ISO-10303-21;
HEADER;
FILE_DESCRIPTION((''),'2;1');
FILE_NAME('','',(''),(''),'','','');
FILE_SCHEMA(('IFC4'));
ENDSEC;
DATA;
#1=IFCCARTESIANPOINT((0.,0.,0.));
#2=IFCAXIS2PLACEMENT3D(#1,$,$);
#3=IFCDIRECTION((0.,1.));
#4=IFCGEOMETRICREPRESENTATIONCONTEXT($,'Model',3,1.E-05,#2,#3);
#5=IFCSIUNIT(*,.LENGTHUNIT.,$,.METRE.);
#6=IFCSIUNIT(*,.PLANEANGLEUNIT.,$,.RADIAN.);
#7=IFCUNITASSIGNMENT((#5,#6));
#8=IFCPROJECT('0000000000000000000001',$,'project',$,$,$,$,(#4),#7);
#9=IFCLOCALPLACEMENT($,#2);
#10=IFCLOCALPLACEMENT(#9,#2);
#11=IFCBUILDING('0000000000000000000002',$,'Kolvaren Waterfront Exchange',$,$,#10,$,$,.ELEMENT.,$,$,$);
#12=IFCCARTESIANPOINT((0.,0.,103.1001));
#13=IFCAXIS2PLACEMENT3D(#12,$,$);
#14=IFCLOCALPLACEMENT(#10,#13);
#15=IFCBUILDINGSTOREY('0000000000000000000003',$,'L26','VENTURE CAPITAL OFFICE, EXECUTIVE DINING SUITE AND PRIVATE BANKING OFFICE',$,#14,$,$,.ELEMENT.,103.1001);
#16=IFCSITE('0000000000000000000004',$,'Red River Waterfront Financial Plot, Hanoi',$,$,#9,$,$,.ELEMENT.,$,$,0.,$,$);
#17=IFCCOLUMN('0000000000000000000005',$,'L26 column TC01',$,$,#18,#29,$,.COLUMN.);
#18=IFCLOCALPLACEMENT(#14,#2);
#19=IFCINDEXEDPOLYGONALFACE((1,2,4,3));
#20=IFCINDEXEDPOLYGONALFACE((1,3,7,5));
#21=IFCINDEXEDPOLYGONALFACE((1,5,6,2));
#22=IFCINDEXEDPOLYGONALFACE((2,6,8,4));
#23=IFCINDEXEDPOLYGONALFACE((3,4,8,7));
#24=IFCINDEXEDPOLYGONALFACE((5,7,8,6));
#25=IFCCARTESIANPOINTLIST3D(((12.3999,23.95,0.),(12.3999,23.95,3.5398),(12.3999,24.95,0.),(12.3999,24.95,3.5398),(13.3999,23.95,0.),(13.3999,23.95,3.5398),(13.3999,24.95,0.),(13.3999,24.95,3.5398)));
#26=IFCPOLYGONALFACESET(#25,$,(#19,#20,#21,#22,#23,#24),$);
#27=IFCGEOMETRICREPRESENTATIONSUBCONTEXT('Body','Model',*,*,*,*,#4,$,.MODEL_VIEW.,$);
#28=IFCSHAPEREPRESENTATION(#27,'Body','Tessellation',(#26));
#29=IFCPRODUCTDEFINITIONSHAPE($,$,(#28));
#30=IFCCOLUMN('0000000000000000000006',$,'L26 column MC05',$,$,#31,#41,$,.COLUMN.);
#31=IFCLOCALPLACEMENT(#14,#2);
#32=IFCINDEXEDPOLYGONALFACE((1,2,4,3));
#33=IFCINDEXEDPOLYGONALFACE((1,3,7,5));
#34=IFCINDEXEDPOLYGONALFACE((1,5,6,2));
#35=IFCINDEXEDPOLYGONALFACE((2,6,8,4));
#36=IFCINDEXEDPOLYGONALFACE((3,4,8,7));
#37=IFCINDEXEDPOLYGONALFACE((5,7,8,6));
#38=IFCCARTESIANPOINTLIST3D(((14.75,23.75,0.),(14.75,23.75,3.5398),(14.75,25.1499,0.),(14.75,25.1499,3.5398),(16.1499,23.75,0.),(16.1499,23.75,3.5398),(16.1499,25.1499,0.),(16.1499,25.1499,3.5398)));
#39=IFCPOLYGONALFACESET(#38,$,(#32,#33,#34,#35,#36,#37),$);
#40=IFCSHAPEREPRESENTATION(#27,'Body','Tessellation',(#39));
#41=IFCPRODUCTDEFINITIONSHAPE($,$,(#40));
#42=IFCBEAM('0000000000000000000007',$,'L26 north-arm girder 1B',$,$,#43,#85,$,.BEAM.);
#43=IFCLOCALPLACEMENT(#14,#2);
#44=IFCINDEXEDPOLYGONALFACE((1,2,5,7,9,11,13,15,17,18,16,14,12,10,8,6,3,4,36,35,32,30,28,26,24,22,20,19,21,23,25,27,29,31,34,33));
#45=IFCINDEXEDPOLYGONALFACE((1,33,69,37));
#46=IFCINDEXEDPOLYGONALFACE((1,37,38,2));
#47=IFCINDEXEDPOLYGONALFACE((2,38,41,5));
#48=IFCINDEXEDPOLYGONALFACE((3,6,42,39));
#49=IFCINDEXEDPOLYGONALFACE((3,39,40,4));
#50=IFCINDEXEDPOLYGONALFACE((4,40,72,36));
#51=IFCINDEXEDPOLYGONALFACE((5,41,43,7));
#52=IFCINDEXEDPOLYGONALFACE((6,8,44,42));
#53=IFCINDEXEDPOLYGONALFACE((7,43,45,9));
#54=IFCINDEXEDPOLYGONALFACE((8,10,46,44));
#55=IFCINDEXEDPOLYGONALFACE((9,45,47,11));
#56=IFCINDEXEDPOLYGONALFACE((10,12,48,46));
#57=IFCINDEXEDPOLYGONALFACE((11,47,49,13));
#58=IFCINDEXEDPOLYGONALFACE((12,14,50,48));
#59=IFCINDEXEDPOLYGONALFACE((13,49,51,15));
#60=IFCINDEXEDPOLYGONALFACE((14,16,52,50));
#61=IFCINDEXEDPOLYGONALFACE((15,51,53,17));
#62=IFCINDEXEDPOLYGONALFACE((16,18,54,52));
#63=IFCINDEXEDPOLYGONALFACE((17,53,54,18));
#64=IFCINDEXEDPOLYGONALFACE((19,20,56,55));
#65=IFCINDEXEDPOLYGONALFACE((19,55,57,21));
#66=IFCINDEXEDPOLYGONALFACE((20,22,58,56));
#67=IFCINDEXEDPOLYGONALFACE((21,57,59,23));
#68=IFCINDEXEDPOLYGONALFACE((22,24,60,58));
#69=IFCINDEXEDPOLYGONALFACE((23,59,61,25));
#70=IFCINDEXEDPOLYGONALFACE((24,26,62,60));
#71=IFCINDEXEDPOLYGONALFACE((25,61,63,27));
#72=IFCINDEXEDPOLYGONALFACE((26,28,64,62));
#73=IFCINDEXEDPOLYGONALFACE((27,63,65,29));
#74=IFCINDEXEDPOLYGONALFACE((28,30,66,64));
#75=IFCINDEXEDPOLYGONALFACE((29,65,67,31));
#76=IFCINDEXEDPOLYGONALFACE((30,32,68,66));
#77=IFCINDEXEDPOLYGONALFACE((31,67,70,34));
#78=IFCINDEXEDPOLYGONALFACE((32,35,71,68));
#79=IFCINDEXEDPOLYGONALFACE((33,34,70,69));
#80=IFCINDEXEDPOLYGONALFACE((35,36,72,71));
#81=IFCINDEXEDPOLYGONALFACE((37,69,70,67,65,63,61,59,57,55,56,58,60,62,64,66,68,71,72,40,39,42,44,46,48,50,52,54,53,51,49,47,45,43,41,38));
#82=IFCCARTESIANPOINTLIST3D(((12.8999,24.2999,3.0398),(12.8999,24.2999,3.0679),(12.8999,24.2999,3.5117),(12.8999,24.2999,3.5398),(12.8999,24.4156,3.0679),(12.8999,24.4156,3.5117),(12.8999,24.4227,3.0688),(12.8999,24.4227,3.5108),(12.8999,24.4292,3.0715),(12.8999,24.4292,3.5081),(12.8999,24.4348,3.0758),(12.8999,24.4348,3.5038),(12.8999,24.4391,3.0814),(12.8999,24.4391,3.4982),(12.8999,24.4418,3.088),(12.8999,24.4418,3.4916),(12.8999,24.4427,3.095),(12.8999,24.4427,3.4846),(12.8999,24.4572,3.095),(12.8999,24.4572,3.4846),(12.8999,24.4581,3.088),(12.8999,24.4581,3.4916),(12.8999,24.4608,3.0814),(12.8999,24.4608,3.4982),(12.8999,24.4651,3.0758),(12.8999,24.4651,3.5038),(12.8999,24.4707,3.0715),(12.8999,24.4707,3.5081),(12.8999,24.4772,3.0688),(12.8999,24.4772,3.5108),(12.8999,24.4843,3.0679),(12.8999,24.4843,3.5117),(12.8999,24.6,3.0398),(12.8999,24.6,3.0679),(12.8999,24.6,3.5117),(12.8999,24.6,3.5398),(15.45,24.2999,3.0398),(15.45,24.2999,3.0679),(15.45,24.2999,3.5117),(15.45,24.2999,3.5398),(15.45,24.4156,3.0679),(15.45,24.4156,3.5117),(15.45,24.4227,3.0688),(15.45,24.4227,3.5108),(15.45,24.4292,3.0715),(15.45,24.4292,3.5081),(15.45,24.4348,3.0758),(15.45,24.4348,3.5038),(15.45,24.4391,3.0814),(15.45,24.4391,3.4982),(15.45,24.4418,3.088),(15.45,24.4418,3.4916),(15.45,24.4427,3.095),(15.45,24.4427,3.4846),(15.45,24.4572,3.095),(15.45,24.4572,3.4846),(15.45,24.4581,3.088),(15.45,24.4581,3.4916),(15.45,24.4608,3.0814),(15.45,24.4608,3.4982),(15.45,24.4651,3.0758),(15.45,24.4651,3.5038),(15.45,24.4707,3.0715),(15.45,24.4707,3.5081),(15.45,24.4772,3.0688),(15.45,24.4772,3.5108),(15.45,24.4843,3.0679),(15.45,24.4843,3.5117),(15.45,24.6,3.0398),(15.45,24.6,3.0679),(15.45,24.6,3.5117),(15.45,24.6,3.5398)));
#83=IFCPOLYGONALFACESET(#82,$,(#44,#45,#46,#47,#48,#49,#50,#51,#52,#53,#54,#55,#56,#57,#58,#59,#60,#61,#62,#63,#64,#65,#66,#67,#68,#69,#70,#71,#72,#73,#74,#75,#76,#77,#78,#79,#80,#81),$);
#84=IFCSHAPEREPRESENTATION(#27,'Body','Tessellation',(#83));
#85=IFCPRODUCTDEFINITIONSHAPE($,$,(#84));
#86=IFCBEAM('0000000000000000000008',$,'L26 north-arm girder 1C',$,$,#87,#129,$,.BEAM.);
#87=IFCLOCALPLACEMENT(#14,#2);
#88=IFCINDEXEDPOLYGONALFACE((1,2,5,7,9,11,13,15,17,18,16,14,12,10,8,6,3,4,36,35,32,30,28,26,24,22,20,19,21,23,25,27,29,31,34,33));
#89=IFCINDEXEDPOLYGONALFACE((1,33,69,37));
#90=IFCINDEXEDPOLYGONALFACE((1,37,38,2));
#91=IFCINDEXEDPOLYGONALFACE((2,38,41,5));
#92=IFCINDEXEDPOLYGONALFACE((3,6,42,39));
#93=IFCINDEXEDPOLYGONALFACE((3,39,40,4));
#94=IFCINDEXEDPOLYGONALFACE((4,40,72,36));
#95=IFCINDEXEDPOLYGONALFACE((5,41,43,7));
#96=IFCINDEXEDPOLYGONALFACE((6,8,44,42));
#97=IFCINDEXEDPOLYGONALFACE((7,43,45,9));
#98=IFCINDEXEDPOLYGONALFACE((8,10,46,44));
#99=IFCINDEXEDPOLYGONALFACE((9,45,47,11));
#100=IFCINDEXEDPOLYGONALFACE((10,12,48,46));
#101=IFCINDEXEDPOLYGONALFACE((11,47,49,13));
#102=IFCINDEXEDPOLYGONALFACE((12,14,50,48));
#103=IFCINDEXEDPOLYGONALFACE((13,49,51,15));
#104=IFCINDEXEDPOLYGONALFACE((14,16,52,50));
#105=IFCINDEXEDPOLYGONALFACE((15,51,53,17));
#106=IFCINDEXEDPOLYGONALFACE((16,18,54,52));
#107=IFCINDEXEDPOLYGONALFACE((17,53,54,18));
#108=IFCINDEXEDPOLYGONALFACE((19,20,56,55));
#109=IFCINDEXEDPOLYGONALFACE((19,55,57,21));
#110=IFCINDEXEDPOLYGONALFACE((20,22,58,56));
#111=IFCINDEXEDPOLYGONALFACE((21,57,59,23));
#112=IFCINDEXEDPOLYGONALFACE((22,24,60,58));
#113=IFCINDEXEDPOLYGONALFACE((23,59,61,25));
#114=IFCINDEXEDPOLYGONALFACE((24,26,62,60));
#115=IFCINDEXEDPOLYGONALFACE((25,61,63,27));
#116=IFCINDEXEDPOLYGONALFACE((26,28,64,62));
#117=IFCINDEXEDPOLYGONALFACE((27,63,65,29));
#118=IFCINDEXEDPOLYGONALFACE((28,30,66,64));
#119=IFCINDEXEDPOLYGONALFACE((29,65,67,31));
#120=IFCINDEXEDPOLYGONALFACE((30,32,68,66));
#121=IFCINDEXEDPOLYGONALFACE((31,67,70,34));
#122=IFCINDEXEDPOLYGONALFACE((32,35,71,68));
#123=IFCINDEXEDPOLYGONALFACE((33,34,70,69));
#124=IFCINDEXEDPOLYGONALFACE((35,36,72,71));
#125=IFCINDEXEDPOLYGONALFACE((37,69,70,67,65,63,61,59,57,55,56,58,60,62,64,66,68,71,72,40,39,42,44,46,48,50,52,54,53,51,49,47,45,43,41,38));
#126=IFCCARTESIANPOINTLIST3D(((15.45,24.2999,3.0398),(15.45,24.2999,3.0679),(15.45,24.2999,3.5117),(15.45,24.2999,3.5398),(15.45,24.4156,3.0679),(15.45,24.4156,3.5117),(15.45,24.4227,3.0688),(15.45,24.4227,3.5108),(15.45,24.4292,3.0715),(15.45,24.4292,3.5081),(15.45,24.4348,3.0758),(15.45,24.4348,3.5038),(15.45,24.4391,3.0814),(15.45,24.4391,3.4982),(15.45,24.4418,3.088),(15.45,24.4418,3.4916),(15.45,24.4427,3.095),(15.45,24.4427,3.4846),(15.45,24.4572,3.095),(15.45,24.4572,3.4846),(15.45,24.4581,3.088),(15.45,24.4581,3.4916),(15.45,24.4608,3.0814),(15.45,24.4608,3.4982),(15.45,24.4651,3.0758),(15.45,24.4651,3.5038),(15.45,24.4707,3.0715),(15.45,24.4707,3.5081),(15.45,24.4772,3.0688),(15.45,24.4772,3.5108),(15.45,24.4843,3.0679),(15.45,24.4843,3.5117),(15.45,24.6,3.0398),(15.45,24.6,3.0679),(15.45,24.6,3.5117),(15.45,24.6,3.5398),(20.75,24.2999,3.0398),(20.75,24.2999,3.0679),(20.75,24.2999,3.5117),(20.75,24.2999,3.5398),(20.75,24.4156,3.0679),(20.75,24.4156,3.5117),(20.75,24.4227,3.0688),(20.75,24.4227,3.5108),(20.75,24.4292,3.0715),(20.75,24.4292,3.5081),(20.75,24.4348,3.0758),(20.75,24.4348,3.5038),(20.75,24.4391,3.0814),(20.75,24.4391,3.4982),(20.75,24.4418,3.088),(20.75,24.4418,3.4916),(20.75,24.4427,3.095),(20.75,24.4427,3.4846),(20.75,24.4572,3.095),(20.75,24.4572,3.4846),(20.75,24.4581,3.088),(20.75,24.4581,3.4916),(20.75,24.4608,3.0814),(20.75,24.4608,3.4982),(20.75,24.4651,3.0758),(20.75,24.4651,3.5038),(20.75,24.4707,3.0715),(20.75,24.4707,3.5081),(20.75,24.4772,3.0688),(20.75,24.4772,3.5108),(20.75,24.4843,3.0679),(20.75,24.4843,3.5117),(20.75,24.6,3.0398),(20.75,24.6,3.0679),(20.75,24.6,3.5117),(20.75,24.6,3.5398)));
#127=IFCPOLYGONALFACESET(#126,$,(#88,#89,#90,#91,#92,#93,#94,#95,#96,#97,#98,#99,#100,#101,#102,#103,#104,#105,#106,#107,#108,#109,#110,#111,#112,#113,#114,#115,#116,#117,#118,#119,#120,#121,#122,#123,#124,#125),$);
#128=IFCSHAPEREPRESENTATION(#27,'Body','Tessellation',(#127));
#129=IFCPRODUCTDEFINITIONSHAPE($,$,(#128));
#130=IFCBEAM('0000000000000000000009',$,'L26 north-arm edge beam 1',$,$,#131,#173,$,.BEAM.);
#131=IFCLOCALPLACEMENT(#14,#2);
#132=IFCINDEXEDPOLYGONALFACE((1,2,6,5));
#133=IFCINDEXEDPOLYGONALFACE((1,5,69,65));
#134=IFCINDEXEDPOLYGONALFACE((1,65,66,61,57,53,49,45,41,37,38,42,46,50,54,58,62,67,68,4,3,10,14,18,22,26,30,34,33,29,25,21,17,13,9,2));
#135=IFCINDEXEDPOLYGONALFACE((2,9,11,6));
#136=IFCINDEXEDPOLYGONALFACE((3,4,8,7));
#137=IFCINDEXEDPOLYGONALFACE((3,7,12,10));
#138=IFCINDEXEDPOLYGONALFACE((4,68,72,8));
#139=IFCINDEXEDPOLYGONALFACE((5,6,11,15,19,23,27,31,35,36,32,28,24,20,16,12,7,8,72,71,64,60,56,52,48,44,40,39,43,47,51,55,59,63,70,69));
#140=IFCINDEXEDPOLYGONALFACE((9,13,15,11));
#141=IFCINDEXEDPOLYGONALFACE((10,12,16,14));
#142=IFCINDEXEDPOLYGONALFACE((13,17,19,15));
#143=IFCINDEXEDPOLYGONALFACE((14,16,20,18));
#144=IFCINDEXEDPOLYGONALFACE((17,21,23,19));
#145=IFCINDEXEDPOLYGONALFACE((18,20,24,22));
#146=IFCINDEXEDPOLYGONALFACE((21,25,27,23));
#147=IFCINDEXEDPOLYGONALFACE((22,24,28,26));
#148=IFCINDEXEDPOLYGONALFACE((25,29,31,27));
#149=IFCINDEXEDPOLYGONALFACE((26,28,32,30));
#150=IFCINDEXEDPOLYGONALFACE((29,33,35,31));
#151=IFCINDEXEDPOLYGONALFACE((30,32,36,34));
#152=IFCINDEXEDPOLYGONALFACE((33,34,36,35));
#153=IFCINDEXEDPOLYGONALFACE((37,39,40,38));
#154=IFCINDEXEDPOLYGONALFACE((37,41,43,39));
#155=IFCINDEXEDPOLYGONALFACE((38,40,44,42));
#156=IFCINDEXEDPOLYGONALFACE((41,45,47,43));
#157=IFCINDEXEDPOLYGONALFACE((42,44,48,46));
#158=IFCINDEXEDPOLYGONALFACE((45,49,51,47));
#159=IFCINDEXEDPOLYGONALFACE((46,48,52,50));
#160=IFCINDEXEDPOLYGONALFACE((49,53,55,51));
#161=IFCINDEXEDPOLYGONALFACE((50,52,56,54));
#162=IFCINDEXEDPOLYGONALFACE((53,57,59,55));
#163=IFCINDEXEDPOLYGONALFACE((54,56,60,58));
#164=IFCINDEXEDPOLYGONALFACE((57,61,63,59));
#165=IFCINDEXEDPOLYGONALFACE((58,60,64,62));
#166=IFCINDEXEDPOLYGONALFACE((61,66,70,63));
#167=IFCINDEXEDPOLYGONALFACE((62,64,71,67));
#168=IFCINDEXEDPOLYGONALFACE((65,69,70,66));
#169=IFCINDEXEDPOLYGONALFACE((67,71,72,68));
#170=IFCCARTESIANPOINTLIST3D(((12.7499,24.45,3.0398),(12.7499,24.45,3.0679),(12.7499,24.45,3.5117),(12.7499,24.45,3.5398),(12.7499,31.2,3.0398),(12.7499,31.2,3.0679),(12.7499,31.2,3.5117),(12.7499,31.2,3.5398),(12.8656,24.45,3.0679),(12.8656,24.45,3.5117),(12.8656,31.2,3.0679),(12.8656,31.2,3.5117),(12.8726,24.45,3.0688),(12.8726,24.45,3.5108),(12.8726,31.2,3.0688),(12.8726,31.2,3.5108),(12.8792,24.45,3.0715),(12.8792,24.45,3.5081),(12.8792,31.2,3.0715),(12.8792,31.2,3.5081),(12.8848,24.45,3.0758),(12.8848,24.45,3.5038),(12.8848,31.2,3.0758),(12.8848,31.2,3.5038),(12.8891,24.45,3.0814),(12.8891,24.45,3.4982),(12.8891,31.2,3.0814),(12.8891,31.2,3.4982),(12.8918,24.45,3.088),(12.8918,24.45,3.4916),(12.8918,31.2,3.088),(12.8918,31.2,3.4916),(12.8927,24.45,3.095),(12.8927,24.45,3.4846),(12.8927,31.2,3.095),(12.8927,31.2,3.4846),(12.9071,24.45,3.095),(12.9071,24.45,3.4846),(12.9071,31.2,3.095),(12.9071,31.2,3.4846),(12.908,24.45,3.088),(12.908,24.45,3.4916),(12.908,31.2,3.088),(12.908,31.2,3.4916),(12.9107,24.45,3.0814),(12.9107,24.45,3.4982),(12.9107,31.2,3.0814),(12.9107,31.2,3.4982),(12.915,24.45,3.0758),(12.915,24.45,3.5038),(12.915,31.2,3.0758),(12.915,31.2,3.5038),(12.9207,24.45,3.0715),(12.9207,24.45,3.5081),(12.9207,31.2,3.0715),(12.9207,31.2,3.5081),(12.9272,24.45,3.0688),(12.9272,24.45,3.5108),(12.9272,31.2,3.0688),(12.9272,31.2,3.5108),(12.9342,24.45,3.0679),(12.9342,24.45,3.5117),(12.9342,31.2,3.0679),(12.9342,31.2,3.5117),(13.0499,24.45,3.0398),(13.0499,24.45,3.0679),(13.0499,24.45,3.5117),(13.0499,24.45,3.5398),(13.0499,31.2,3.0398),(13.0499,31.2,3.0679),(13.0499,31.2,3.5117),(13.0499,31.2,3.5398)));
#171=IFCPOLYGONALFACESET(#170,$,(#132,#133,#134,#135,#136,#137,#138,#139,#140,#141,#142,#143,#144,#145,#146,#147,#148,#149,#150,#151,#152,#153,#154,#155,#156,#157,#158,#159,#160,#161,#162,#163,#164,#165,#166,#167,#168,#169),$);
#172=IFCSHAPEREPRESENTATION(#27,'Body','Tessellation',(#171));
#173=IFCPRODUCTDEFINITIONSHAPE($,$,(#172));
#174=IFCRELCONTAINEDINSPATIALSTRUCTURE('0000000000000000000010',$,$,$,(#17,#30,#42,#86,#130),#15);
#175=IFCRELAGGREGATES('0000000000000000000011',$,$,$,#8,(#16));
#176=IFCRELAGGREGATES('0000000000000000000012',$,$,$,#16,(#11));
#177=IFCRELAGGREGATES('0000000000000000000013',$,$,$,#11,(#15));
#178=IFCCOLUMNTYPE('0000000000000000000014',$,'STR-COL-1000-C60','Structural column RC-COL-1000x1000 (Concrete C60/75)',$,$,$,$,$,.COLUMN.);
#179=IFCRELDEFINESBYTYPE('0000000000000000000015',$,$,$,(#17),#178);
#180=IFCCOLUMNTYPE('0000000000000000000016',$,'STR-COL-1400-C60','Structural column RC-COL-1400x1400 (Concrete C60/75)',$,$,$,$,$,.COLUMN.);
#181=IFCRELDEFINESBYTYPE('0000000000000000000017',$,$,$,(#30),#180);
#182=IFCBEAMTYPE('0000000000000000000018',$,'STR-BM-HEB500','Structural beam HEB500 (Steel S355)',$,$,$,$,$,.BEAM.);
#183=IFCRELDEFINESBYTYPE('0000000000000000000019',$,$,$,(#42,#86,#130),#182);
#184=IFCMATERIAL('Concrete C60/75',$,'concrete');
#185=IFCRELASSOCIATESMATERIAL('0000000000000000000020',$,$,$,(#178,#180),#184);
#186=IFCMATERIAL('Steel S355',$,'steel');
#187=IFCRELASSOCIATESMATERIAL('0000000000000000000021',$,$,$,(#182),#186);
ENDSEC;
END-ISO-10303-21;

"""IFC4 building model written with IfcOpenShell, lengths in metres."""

from ifc_helpers import new_model, si_unit, direction, frame, origin, origin_2d, place, context, subcontext, project, spatial, rectangle, i_section, extrude, material, material_profile, profile_set, type_object, element, save


model = new_model("IFC4")

# Units and contexts
model_context = context("Model", 3, precision=1e-05, world=origin(), true_north=direction((0.0, 1.0)))
body_context = subcontext(model_context, "Body", "Model", "MODEL_VIEW")
ifc_project = project(units=[si_unit("LENGTHUNIT", "METRE"), si_unit("PLANEANGLEUNIT", "RADIAN")], contexts=[model_context])

# Site, building, storey
site_placement = place(None, origin())
site = spatial("IfcSite", under=ifc_project, at=site_placement, Name="Red River Waterfront Financial Plot, Hanoi", CompositionType="ELEMENT", RefElevation=0.0)
building_placement = place(site_placement, origin())
building = spatial("IfcBuilding", under=site, at=building_placement, Name="Kolvaren Waterfront Exchange", CompositionType="ELEMENT")
storey_placement = place(building_placement, frame((0.0, 0.0, 103.1001)))
storey = spatial("IfcBuildingStorey", under=building, at=storey_placement, Name="L26", Description="VENTURE CAPITAL OFFICE, EXECUTIVE DINING SUITE AND PRIVATE BANKING OFFICE", CompositionType="ELEMENT", Elevation=103.1001)

# Columns
ifc_material_1 = material(Name="Concrete C60/75", Category="concrete")
ifc_material_profile_1 = material_profile(ifc_material_1, rectangle(XDim=1.0, YDim=1.0, at=origin_2d()), Name="RC-COL-1000x1000")
ifc_profile_set_1 = profile_set([ifc_material_profile_1], Name="Concrete C60/75")
column_type_1 = type_object("IfcColumnType", Name="STR-COL-1000-C60", Description="Structural column RC-COL-1000x1000 (Concrete C60/75)", PredefinedType="COLUMN", material=ifc_profile_set_1)
column_1_placement = place(storey_placement, frame((12.8999, 24.45, 0.0), z_axis=(0.0, 0.0, 1.0), x_axis=(1.0, 0.0, 0.0)))
element("IfcColumn", 1, at=column_1_placement, inside=storey, type_object=column_type_1, Name="L26 column TC01", PredefinedType="COLUMN", context=body_context, shape_type="SweptSolid", body=[
    extrude(rectangle(XDim=1.0, YDim=1.0, at=origin_2d()), origin(), (0.0, 0.0, 1.0), 3.5398),
])
ifc_material_profile_2 = material_profile(ifc_material_1, rectangle(XDim=1.3999, YDim=1.3999, at=origin_2d()), Name="RC-COL-1400x1400")
ifc_profile_set_2 = profile_set([ifc_material_profile_2], Name="Concrete C60/75")
column_type_2 = type_object("IfcColumnType", Name="STR-COL-1400-C60", Description="Structural column RC-COL-1400x1400 (Concrete C60/75)", PredefinedType="COLUMN", material=ifc_profile_set_2)
column_2_placement = place(storey_placement, frame((15.45, 24.45, 0.0), z_axis=(0.0, 0.0, 1.0), x_axis=(1.0, 0.0, 0.0)))
element("IfcColumn", 2, at=column_2_placement, inside=storey, type_object=column_type_2, Name="L26 column MC05", PredefinedType="COLUMN", context=body_context, shape_type="SweptSolid", body=[
    extrude(rectangle(XDim=1.3999, YDim=1.3999, at=origin_2d()), origin(), (0.0, 0.0, 1.0), 3.5398),
])

# Beams
ifc_material_2 = material(Name="Steel S355", Category="steel")
ifc_material_profile_3 = material_profile(ifc_material_2, i_section(OverallWidth=0.3, OverallDepth=0.5, WebThickness=0.0144, FlangeThickness=0.0281, FilletRadius=0.0271, at=origin_2d()), Name="HEB500")
ifc_profile_set_3 = profile_set([ifc_material_profile_3], Name="Steel S355")
beam_type_1 = type_object("IfcBeamType", Name="STR-BM-HEB500", Description="Structural beam HEB500 (Steel S355)", PredefinedType="BEAM", material=ifc_profile_set_3)
beam_1_placement = place(storey_placement, frame((12.8999, 24.45, 3.2898), z_axis=(1.0, 0.0, 0.0), x_axis=(0.0, 1.0, 0.0)))
element("IfcBeam", 3, at=beam_1_placement, inside=storey, type_object=beam_type_1, Name="L26 north-arm girder 1B", PredefinedType="BEAM", context=body_context, shape_type="SweptSolid", body=[
    extrude(i_section(OverallWidth=0.3, OverallDepth=0.5, WebThickness=0.0144, FlangeThickness=0.0281, FilletRadius=0.0271, at=origin_2d()), origin(), (0.0, 0.0, 1.0), 2.55),
])
beam_2_placement = place(storey_placement, frame((15.45, 24.45, 3.2898), z_axis=(1.0, 0.0, 0.0), x_axis=(0.0, 1.0, 0.0)))
element("IfcBeam", 4, at=beam_2_placement, inside=storey, type_object=beam_type_1, Name="L26 north-arm girder 1C", PredefinedType="BEAM", context=body_context, shape_type="SweptSolid", body=[
    extrude(i_section(OverallWidth=0.3, OverallDepth=0.5, WebThickness=0.0144, FlangeThickness=0.0281, FilletRadius=0.0271, at=origin_2d()), origin(), (0.0, 0.0, 1.0), 5.3),
])
beam_3_placement = place(storey_placement, frame((12.8999, 24.45, 3.2898), z_axis=(0.0, 1.0, 0.0), x_axis=(-1.0, 0.0, 0.0)))
element("IfcBeam", 5, at=beam_3_placement, inside=storey, type_object=beam_type_1, Name="L26 north-arm edge beam 1", PredefinedType="BEAM", context=body_context, shape_type="SweptSolid", body=[
    extrude(i_section(OverallWidth=0.3, OverallDepth=0.5, WebThickness=0.0144, FlangeThickness=0.0281, FilletRadius=0.0271, at=origin_2d()), origin(), (0.0, 0.0, 1.0), 6.75),
])

save(model, "model.ifc")
